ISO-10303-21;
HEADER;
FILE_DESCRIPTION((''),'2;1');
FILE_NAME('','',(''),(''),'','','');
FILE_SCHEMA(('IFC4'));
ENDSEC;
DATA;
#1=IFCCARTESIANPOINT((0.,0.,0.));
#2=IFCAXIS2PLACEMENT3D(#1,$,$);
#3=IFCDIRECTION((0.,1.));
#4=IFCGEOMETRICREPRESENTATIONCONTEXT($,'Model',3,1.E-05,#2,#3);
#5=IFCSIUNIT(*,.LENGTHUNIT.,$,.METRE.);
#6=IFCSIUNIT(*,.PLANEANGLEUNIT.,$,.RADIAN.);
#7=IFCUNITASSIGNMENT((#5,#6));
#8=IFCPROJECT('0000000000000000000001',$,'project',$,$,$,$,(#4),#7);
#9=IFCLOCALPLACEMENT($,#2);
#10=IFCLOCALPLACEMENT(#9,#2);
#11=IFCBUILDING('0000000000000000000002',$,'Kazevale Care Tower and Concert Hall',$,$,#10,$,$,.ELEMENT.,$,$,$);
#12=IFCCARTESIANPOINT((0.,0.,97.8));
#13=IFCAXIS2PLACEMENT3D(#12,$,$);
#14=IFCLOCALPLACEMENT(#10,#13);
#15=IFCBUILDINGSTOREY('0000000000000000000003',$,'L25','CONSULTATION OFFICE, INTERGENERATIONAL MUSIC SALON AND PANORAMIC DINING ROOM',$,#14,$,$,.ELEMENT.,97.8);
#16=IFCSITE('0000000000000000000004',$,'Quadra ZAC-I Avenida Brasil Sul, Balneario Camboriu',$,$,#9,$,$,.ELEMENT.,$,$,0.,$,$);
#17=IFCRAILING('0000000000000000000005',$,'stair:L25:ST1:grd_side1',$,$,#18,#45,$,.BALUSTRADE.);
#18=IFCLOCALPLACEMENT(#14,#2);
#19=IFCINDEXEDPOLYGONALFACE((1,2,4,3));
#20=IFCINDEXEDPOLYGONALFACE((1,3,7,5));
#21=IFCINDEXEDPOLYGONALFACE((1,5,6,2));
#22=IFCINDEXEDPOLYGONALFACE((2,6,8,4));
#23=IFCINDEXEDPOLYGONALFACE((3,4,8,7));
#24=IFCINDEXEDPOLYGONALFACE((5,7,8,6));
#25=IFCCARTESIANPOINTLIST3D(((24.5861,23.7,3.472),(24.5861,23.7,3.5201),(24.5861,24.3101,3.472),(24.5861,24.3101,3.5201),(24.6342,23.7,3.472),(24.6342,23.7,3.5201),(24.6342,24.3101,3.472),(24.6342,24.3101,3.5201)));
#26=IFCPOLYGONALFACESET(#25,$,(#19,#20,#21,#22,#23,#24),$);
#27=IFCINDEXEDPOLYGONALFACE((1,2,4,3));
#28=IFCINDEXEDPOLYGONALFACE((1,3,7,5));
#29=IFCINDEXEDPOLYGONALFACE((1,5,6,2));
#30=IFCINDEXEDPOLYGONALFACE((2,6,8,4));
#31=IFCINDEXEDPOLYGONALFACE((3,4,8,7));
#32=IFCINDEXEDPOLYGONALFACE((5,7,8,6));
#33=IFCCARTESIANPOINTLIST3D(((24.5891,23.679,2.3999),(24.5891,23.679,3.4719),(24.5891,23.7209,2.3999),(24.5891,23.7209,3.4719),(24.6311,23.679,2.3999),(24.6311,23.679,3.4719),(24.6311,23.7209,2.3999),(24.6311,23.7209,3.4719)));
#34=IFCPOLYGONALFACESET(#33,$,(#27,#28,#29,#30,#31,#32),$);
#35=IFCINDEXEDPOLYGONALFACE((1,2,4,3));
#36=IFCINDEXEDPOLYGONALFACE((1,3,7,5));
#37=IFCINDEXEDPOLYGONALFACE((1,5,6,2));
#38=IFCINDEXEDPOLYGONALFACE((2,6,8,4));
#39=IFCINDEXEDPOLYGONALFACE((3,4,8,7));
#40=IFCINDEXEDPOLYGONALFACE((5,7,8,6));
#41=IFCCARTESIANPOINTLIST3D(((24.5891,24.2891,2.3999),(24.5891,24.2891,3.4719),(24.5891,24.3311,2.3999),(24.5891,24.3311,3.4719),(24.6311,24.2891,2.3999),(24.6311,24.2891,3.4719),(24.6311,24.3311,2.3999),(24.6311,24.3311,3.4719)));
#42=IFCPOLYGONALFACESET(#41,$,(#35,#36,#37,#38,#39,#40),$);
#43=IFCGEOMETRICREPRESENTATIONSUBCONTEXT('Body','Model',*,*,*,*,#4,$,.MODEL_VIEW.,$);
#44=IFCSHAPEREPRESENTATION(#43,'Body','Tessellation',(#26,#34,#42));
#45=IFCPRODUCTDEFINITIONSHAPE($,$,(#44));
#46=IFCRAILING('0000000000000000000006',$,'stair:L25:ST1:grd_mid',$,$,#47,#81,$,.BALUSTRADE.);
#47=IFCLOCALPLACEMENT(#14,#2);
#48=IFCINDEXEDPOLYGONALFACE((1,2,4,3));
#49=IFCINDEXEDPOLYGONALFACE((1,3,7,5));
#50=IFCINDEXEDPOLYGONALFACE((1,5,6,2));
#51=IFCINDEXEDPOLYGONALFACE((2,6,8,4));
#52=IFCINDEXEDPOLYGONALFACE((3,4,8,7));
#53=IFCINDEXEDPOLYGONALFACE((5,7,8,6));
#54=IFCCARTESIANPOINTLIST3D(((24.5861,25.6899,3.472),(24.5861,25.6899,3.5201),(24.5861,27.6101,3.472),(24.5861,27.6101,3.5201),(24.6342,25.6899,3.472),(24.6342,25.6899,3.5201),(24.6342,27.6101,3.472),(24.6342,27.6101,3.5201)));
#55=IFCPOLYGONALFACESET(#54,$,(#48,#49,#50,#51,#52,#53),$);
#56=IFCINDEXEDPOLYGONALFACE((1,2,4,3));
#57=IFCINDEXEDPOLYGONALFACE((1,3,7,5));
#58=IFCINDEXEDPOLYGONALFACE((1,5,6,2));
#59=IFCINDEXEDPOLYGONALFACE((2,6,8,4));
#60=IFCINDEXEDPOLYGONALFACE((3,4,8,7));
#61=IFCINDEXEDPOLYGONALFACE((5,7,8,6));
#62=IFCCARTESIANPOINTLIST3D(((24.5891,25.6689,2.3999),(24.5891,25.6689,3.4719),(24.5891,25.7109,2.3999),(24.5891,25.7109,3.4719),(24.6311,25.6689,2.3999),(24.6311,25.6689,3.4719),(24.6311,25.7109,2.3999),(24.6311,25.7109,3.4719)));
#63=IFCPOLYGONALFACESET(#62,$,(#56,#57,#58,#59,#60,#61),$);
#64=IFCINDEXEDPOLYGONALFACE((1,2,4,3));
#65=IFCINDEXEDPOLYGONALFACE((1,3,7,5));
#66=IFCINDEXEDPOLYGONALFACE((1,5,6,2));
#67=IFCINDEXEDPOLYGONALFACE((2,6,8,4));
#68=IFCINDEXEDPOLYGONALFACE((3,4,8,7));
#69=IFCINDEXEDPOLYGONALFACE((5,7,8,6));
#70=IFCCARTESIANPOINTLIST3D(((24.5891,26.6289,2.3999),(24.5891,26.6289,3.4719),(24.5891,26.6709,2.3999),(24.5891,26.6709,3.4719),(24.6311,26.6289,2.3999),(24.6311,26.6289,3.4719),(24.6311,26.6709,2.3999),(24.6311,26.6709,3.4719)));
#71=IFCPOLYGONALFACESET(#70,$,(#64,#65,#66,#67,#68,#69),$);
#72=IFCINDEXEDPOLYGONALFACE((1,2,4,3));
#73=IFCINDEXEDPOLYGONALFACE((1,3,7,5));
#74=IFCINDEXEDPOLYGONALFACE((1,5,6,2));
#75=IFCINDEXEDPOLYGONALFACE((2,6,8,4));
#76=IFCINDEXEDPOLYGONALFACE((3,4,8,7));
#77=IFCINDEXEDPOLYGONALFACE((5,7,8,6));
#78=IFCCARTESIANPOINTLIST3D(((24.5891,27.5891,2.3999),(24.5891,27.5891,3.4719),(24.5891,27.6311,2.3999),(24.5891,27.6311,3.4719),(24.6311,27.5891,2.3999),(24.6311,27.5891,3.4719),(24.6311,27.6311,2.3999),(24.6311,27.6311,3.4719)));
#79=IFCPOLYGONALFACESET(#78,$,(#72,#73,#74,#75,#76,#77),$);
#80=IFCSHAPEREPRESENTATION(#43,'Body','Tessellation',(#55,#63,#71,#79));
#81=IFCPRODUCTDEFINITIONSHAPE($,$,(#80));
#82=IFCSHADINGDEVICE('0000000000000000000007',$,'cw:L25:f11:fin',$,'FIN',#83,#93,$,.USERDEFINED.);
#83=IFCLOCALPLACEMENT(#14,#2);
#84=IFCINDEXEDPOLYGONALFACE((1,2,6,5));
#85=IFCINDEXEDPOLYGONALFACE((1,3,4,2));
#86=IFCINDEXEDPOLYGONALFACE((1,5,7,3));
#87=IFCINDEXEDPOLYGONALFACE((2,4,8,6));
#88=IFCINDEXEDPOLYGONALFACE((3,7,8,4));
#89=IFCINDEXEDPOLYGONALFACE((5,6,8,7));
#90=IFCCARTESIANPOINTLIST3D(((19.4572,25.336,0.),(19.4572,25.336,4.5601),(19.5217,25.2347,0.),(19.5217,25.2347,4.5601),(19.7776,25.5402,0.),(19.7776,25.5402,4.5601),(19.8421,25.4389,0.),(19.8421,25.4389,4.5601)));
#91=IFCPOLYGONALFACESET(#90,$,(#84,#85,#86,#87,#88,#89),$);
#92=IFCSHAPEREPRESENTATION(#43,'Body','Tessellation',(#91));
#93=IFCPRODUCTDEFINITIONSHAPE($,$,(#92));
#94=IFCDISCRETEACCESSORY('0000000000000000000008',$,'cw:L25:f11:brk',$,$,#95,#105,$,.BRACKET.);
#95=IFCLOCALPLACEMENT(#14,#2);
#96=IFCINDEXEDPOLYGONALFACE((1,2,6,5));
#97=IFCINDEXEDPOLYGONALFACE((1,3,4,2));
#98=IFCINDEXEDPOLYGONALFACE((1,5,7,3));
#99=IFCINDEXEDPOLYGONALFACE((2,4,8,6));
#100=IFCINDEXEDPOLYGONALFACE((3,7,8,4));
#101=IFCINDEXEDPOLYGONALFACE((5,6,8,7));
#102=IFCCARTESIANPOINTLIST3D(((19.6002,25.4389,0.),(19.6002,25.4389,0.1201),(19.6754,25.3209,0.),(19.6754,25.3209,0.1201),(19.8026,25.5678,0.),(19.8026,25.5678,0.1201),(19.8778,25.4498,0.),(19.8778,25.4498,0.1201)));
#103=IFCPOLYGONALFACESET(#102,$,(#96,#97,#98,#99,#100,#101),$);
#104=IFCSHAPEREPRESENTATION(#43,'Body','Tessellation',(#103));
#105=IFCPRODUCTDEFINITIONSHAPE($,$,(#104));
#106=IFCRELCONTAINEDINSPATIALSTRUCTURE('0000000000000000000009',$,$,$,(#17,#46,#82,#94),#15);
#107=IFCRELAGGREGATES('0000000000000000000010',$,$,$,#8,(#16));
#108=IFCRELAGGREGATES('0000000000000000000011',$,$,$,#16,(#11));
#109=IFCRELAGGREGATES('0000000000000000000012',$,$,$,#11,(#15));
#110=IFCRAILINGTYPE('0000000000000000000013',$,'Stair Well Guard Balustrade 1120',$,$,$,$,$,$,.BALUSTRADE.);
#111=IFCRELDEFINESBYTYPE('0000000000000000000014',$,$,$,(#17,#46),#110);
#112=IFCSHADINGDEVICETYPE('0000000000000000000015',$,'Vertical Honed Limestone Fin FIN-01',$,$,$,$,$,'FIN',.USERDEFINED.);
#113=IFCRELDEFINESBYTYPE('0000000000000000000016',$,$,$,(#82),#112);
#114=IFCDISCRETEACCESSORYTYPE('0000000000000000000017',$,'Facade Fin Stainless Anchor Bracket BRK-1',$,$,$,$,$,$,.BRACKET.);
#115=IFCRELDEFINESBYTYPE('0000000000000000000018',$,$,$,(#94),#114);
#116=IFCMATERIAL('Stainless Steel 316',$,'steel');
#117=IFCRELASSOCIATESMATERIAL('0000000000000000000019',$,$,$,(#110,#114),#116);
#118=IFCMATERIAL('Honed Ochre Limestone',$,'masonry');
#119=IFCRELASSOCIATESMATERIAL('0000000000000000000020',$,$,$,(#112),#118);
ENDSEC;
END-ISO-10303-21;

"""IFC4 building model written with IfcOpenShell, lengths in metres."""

from ifc_helpers import new_model, si_unit, direction, frame, origin, origin_2d, place, context, subcontext, project, spatial, rectangle, extrude, material, type_object, element, save


model = new_model("IFC4")

# Units and contexts
model_context = context("Model", 3, precision=1e-05, world=origin(), true_north=direction((0.0, 1.0)))
body_context = subcontext(model_context, "Body", "Model", "MODEL_VIEW")
ifc_project = project(units=[si_unit("LENGTHUNIT", "METRE"), si_unit("PLANEANGLEUNIT", "RADIAN")], contexts=[model_context])

# Site, building, storey
site_placement = place(None, origin())
site = spatial("IfcSite", under=ifc_project, at=site_placement, Name="Quadra ZAC-I Avenida Brasil Sul, Balneario Camboriu", CompositionType="ELEMENT", RefElevation=0.0)
building_placement = place(site_placement, origin())
building = spatial("IfcBuilding", under=site, at=building_placement, Name="Kazevale Care Tower and Concert Hall", CompositionType="ELEMENT")
storey_placement = place(building_placement, frame((0.0, 0.0, 97.8)))
storey = spatial("IfcBuildingStorey", under=building, at=storey_placement, Name="L25", Description="CONSULTATION OFFICE, INTERGENERATIONAL MUSIC SALON AND PANORAMIC DINING ROOM", CompositionType="ELEMENT", Elevation=97.8)

# Shared definitions
ifc_material_1 = material(Name="Honed Ochre Limestone", Category="masonry")

# Railings
ifc_material_2 = material(Name="Stainless Steel 316", Category="steel")
railing_type_1 = type_object("IfcRailingType", Name="Stair Well Guard Balustrade 1120", PredefinedType="BALUSTRADE", material=ifc_material_2)
railing_1_placement = place(storey_placement, frame((24.6101, 23.7, 2.3999)))
element("IfcRailing", 1, at=railing_1_placement, inside=storey, type_object=railing_type_1, Name="stair:L25:ST1:grd_side1", PredefinedType="BALUSTRADE", context=body_context, shape_type="SweptSolid", body=[
    extrude(rectangle(XDim=0.0481, YDim=0.0481, at=origin_2d()), frame((0.0, 0.0, 1.0962), z_axis=(0.0, 1.0, 0.0), x_axis=(-1.0, 0.0, 0.0)), (0.0, 0.0, 1.0), 0.6101),
    extrude(rectangle(XDim=0.042, YDim=0.042, at=origin_2d()), origin(), (0.0, 0.0, 1.0), 1.072),
    extrude(rectangle(XDim=0.042, YDim=0.042, at=origin_2d()), frame((0.0, 0.6101, 0.0)), (0.0, 0.0, 1.0), 1.072),
])
railing_2_placement = place(storey_placement, frame((24.6101, 25.6899, 2.3999)))
element("IfcRailing", 2, at=railing_2_placement, inside=storey, type_object=railing_type_1, Name="stair:L25:ST1:grd_mid", PredefinedType="BALUSTRADE", context=body_context, shape_type="SweptSolid", body=[
    extrude(rectangle(XDim=0.0481, YDim=0.0481, at=origin_2d()), frame((0.0, 0.0, 1.0962), z_axis=(0.0, 1.0, 0.0), x_axis=(-1.0, 0.0, 0.0)), (0.0, 0.0, 1.0), 1.9202),
    extrude(rectangle(XDim=0.042, YDim=0.042, at=origin_2d()), origin(), (0.0, 0.0, 1.0), 1.072),
    extrude(rectangle(XDim=0.042, YDim=0.042, at=origin_2d()), frame((0.0, 0.96, 0.0)), (0.0, 0.0, 1.0), 1.072),
    extrude(rectangle(XDim=0.042, YDim=0.042, at=origin_2d()), frame((0.0, 1.9202, 0.0)), (0.0, 0.0, 1.0), 1.072),
])

# Shading device
shading_device_type = type_object("IfcShadingDeviceType", Name="Vertical Honed Limestone Fin FIN-01", ElementType="FIN", PredefinedType="USERDEFINED", material=ifc_material_1)
shading_device_placement = place(storey_placement, frame((19.6497, 25.3875, 0.0), z_axis=(0.0, 0.0, 1.0), x_axis=(-0.843391, -0.5373, 0.0)))
element("IfcShadingDevice", 3, at=shading_device_placement, inside=storey, type_object=shading_device_type, Name="cw:L25:f11:fin", ObjectType="FIN", PredefinedType="USERDEFINED", context=body_context, shape_type="SweptSolid", body=[
    extrude(rectangle(XDim=0.3799, YDim=0.1201, at=origin_2d()), origin(), (0.0, 0.0, 1.0), 4.5601),
])

# Discrete accessory
discrete_accessory_type = type_object("IfcDiscreteAccessoryType", Name="Facade Fin Stainless Anchor Bracket BRK-1", PredefinedType="BRACKET", material=ifc_material_2)
discrete_accessory_placement = place(storey_placement, frame((19.739, 25.4443, 0.0), z_axis=(0.0, 0.0, 1.0), x_axis=(-0.843391, -0.5373, 0.0)))
element("IfcDiscreteAccessory", 4, at=discrete_accessory_placement, inside=storey, type_object=discrete_accessory_type, Name="cw:L25:f11:brk", PredefinedType="BRACKET", context=body_context, shape_type="SweptSolid", body=[
    extrude(rectangle(XDim=0.24, YDim=0.1399, at=origin_2d()), origin(), (0.0, 0.0, 1.0), 0.1201),
])

save(model, "model.ifc")
